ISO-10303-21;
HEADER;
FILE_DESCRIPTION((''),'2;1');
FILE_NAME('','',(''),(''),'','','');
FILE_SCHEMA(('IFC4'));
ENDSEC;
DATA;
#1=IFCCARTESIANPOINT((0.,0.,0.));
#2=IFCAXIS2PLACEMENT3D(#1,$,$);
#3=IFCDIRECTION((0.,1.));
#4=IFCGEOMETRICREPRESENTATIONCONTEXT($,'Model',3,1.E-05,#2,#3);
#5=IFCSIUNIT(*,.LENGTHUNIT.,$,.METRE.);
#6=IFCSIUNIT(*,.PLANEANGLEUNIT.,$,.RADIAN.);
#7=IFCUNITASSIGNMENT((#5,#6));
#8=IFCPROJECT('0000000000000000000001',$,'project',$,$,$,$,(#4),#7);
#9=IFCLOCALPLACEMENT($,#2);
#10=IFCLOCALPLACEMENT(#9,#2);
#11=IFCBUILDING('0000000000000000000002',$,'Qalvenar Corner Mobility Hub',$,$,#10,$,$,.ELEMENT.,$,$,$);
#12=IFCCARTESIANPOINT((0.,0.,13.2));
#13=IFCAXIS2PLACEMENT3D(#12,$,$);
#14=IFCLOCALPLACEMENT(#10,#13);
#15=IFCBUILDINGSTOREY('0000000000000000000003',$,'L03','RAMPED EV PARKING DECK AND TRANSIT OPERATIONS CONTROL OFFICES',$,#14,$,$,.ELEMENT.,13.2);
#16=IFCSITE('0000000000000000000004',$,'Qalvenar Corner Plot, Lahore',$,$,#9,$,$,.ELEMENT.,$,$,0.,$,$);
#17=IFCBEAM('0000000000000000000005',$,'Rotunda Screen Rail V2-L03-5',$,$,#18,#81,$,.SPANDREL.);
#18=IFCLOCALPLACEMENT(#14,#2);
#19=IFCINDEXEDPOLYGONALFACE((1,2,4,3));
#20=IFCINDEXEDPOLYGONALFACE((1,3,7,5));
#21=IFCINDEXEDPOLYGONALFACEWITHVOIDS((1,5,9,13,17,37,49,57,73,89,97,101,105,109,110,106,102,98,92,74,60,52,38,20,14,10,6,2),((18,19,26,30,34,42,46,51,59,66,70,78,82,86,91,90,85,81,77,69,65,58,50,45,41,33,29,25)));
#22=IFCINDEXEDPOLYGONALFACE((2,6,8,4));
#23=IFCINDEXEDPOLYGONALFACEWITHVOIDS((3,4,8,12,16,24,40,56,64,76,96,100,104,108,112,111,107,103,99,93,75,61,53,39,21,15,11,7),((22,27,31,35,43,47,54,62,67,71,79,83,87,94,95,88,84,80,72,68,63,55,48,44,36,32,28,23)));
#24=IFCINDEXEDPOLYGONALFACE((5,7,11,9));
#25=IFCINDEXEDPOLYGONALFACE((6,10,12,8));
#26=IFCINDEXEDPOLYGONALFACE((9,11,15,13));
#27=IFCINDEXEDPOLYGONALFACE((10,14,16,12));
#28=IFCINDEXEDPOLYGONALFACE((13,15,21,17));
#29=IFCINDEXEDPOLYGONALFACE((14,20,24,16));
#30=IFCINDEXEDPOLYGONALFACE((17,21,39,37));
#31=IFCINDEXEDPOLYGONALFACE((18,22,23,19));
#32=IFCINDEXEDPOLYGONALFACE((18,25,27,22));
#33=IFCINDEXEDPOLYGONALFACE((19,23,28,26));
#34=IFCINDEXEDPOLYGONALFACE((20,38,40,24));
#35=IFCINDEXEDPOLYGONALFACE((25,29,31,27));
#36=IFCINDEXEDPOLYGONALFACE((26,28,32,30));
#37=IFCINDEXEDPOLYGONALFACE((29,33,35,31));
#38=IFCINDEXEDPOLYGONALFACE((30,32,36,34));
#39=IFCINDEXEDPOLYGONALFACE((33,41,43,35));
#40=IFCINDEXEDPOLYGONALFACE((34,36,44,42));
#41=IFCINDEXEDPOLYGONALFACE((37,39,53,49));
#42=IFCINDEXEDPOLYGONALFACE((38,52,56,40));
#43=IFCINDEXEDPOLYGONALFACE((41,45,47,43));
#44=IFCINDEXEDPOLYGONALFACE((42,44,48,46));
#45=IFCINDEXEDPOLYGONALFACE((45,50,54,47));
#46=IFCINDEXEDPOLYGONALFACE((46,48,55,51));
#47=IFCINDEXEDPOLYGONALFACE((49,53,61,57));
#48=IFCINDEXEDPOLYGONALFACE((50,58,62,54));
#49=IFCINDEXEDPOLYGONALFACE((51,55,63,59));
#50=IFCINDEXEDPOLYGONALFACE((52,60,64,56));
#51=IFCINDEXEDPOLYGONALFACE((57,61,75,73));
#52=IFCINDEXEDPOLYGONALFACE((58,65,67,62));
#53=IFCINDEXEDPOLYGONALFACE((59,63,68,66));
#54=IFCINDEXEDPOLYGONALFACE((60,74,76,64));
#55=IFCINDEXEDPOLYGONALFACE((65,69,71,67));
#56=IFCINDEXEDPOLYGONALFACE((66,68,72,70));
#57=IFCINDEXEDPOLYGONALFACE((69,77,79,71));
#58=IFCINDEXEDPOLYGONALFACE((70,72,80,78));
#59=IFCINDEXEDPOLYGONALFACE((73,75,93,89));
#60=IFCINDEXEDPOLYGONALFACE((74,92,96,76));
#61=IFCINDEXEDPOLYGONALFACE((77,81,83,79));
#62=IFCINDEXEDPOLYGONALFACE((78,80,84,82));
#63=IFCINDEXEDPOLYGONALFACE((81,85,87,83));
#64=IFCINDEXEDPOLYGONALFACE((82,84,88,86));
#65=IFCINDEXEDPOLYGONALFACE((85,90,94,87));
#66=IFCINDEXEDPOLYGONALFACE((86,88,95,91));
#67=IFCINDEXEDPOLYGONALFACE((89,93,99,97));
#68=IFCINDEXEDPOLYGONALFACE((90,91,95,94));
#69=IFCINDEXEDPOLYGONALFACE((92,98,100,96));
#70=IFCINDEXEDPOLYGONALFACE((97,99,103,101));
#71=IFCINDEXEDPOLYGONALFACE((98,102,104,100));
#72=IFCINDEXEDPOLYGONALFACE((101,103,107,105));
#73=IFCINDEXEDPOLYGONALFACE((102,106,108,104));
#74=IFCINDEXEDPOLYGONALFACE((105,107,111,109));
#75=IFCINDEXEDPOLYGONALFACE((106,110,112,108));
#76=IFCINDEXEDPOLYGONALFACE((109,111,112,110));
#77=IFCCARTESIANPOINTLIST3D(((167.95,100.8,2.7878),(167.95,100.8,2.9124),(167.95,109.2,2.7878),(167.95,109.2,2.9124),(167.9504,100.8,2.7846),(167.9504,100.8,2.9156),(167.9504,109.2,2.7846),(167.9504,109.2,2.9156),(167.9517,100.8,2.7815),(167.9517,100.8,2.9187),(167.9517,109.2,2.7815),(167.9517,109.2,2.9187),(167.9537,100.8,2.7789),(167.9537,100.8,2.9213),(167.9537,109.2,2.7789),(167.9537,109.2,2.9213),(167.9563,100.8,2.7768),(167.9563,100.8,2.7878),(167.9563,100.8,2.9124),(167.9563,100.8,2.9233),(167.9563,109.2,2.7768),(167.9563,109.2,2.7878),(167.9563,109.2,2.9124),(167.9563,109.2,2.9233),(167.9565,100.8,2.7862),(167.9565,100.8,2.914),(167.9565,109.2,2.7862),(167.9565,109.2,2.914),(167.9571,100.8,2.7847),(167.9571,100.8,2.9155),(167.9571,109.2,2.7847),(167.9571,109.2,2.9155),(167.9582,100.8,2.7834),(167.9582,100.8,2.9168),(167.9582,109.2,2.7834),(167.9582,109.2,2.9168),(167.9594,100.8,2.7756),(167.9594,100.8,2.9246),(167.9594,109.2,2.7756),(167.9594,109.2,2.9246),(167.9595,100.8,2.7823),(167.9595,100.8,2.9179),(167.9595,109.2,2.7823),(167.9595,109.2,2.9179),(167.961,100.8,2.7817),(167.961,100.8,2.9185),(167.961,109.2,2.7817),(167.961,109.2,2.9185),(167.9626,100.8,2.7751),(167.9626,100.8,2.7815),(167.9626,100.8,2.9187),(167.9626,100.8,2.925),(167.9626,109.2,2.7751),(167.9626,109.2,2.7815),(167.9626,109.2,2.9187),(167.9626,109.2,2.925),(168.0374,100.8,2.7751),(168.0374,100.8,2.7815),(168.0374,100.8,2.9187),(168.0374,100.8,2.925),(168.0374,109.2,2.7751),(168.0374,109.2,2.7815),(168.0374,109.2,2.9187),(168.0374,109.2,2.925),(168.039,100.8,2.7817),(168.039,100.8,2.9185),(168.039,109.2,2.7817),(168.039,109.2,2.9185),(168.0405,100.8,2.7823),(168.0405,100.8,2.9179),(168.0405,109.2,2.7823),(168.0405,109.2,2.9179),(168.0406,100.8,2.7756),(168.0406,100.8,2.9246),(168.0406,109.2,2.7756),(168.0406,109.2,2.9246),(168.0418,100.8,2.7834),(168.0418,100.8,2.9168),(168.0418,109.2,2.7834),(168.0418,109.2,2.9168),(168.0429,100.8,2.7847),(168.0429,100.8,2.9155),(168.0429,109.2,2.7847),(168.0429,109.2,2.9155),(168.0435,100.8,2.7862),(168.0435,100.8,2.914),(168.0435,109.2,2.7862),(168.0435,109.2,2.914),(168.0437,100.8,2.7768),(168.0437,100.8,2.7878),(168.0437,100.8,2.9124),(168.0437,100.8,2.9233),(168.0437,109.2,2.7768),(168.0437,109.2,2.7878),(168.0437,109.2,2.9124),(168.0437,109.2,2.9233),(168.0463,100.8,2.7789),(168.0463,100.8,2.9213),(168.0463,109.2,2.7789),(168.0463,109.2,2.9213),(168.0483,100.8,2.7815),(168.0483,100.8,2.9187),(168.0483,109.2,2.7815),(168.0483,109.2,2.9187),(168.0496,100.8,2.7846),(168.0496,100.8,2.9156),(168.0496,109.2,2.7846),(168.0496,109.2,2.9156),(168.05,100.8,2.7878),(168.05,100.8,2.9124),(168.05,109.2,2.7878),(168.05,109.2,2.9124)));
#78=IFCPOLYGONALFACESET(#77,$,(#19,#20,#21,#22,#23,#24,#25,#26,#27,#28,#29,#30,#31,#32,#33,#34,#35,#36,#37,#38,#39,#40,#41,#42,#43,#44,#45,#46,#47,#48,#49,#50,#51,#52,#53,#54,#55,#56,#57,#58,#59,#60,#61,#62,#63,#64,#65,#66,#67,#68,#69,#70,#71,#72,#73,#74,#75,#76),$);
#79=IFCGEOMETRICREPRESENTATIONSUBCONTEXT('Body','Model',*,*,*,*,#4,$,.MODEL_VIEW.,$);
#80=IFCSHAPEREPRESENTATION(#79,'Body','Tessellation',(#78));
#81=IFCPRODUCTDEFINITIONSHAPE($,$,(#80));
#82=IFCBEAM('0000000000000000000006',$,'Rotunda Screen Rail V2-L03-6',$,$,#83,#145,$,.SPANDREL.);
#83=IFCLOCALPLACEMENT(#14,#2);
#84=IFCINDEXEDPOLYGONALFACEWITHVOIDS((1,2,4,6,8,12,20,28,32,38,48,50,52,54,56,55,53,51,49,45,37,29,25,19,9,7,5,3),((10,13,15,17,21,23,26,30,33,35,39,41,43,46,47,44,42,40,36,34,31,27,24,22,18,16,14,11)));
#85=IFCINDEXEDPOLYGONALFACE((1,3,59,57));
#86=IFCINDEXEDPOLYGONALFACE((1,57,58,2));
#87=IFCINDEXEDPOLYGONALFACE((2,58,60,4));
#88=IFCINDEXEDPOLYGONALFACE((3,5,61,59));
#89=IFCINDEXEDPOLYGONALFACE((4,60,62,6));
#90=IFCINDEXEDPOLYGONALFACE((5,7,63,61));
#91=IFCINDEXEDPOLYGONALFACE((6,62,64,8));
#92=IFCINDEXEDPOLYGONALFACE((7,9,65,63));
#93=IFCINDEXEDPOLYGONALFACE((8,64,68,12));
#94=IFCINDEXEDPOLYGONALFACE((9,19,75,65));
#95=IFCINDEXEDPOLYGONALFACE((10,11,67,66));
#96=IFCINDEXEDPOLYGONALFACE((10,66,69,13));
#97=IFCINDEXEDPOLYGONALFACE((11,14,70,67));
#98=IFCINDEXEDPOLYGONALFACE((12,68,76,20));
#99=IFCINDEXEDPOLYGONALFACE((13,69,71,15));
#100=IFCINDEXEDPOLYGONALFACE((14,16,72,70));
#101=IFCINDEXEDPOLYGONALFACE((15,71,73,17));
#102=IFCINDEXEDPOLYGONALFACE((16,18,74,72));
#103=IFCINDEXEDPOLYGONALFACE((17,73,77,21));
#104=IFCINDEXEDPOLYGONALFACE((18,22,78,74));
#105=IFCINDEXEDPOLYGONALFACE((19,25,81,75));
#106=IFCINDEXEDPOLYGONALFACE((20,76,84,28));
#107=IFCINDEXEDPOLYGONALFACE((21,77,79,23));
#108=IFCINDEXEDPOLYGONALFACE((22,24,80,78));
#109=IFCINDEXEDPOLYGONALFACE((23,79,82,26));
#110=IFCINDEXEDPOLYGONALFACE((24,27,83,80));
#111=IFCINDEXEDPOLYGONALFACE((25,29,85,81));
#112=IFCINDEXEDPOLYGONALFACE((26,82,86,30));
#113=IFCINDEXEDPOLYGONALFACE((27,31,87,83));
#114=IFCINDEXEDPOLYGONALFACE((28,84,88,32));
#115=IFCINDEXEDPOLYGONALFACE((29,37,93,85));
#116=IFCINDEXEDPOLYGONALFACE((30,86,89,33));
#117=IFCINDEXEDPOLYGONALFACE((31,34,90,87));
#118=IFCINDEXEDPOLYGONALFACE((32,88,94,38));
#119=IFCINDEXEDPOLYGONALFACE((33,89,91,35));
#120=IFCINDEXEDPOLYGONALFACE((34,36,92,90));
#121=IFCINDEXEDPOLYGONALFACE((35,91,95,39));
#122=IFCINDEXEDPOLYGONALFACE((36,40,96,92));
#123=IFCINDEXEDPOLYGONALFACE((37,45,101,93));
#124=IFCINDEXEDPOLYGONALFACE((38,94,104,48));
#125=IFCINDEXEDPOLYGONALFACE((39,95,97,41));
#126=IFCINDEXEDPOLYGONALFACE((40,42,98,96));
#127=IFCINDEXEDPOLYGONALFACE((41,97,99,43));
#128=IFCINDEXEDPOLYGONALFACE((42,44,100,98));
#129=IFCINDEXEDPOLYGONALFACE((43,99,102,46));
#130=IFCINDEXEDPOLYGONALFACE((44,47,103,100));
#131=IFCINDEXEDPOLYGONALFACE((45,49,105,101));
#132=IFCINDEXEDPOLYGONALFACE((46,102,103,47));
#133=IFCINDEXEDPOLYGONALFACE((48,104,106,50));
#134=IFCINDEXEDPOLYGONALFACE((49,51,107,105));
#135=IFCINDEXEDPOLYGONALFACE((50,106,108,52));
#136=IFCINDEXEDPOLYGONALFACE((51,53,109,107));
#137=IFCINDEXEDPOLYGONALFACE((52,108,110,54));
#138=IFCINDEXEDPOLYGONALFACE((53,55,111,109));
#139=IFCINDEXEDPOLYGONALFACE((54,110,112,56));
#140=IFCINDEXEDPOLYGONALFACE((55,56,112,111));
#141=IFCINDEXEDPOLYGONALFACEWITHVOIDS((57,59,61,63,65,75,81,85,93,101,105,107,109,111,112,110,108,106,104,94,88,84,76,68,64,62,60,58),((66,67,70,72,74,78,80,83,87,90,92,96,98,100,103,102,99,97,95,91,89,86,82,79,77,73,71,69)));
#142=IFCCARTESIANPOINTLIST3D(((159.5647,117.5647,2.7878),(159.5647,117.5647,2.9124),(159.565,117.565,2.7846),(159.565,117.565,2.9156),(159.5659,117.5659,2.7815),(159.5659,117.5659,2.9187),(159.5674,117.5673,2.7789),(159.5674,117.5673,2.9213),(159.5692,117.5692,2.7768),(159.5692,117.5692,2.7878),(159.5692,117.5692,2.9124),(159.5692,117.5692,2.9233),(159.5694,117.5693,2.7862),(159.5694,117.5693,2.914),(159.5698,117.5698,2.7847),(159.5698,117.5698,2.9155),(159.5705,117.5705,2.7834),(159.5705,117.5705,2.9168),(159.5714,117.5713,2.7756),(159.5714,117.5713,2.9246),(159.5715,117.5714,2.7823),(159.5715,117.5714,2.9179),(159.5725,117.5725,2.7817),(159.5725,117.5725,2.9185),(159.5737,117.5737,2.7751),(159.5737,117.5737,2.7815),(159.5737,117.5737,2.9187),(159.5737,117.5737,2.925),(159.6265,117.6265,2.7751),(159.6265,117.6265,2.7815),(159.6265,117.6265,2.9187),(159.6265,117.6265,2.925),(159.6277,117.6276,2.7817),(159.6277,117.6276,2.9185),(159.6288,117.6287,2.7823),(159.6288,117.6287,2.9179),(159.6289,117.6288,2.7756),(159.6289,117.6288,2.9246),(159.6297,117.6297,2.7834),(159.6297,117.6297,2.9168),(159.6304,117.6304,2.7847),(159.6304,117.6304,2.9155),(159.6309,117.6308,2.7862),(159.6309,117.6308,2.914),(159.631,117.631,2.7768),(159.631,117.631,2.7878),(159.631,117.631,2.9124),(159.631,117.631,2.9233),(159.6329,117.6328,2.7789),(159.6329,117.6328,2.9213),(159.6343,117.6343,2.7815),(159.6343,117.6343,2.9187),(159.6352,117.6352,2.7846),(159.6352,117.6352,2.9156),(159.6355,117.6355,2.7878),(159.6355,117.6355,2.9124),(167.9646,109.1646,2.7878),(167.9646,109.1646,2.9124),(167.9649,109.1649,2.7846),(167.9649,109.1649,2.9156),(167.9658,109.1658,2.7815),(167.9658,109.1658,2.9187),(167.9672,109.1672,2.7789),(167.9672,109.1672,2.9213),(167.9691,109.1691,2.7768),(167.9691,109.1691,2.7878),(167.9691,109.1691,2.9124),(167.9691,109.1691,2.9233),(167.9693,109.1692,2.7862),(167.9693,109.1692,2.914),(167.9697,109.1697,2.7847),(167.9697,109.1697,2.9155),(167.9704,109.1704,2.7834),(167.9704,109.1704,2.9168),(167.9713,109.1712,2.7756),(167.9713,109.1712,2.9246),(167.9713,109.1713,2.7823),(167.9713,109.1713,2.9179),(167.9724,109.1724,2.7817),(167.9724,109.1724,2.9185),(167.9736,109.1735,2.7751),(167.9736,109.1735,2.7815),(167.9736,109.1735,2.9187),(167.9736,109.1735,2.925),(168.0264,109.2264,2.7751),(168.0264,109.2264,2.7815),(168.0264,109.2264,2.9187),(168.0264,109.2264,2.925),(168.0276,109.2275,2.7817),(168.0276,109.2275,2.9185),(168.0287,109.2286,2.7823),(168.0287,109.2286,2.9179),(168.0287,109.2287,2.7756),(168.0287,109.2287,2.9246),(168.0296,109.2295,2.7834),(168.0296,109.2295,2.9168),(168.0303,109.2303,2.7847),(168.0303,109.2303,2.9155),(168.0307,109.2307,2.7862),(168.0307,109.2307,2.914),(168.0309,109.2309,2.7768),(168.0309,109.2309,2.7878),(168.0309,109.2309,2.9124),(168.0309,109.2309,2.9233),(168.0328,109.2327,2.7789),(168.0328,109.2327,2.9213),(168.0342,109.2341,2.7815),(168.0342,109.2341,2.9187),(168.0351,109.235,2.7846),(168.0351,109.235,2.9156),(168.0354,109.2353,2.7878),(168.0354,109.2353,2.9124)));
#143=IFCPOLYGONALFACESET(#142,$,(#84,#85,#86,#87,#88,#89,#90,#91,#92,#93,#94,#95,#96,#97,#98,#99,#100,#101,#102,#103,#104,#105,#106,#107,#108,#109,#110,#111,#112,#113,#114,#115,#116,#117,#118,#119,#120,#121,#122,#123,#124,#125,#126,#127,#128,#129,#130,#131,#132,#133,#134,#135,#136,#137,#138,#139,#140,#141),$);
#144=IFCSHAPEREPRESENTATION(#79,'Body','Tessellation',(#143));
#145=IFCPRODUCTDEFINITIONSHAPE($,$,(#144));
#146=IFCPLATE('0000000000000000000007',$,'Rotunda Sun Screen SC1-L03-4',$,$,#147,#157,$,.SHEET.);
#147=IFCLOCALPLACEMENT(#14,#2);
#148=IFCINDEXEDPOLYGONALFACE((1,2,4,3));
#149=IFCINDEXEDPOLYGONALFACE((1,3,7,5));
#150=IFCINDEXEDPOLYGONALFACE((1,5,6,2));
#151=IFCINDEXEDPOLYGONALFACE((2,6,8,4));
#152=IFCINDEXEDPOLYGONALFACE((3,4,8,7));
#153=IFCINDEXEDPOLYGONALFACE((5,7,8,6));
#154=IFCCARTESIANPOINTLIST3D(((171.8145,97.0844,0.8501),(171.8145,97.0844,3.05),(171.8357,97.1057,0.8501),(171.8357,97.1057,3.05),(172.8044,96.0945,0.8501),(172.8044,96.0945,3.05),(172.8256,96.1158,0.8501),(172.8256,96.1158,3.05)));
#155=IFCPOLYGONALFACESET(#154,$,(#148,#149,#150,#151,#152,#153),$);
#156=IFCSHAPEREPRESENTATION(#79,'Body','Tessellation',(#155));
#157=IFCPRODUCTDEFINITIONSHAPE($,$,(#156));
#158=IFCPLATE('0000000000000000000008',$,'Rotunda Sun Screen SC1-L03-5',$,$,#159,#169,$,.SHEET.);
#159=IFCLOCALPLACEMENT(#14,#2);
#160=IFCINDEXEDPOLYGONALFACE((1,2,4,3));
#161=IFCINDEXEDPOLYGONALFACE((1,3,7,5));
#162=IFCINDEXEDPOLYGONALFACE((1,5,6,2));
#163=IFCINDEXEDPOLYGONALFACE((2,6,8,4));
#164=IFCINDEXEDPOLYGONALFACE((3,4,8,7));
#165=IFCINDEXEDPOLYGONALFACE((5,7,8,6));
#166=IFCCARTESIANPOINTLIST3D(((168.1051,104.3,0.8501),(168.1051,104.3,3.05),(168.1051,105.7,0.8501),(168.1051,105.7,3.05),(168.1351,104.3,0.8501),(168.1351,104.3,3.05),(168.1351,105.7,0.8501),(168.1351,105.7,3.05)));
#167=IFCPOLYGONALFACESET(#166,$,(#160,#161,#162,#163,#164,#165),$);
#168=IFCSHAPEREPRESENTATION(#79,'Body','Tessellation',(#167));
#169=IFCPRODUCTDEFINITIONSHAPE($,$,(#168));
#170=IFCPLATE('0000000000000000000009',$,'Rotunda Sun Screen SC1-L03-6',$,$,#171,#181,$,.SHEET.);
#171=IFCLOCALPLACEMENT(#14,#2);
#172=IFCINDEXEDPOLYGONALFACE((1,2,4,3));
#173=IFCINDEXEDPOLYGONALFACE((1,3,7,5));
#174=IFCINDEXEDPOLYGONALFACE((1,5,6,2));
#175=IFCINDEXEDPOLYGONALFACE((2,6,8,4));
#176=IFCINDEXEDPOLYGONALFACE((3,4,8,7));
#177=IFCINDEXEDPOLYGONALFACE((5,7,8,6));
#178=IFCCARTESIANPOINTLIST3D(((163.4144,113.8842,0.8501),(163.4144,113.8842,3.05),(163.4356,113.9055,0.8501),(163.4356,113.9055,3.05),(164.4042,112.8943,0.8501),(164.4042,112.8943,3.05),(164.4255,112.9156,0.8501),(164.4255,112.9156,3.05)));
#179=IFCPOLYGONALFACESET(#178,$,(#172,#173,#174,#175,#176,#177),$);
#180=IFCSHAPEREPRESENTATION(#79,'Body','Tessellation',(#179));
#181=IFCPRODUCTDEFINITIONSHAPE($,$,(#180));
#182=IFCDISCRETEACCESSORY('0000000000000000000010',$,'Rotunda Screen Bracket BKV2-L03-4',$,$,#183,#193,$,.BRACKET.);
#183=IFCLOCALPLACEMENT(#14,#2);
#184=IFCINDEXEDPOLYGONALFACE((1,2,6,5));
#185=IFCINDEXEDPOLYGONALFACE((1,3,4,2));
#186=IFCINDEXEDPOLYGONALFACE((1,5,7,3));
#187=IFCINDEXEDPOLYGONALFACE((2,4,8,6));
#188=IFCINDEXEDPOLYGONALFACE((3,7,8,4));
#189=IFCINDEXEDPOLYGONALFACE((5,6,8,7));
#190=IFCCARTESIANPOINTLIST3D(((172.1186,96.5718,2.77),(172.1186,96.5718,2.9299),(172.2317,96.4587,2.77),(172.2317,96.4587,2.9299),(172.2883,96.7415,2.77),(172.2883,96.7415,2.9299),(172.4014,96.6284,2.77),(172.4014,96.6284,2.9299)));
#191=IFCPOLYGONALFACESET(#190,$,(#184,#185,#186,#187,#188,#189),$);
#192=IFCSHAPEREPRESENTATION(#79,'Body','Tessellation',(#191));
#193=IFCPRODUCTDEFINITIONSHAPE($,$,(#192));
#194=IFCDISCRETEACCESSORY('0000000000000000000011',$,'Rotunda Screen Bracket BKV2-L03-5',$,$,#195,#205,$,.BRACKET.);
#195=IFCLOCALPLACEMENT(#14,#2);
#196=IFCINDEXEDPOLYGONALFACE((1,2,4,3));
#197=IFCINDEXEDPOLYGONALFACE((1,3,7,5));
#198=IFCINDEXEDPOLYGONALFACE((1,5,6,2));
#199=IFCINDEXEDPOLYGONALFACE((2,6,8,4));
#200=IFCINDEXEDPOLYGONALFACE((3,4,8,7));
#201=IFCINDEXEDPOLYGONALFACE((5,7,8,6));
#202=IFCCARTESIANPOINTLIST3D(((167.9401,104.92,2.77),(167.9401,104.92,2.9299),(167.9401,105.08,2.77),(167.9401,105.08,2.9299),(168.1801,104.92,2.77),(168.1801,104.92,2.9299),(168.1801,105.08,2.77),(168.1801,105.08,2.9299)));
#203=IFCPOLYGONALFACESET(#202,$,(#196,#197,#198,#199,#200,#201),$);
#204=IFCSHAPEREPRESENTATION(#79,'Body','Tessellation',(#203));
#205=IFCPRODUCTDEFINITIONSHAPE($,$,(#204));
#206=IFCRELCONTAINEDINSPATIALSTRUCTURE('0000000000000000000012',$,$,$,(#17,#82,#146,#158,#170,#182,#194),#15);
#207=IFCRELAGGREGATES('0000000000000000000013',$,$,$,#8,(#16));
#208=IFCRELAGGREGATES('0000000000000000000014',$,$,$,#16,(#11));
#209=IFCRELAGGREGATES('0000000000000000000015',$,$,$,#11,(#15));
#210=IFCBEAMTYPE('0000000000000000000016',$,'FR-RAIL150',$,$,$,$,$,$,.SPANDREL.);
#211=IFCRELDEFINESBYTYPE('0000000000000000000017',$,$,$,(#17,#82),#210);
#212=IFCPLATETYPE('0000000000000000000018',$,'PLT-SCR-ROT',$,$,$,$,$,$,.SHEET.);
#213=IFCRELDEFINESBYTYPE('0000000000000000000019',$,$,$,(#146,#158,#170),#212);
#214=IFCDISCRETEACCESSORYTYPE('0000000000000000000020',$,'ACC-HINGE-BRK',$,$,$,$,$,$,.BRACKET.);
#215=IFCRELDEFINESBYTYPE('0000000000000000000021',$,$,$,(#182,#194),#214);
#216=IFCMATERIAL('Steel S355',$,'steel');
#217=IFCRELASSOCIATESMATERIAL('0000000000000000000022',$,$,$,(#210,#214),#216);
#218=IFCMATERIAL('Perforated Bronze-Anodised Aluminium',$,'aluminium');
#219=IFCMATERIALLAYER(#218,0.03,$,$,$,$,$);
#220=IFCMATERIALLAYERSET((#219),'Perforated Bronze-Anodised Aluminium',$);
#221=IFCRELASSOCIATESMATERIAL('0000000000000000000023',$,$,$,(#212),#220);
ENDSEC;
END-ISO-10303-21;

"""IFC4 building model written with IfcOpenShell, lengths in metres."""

from ifc_helpers import new_model, si_unit, direction, frame, origin, origin_2d, place, context, subcontext, project, spatial, rectangle, hollow_rectangle, extrude, material, layer, layer_set, material_profile, profile_set, type_object, element, save


model = new_model("IFC4")

# Units and contexts
model_context = context("Model", 3, precision=1e-05, world=origin(), true_north=direction((0.0, 1.0)))
body_context = subcontext(model_context, "Body", "Model", "MODEL_VIEW")
ifc_project = project(units=[si_unit("LENGTHUNIT", "METRE"), si_unit("PLANEANGLEUNIT", "RADIAN")], contexts=[model_context])

# Site, building, storey
site_placement = place(None, origin())
site = spatial("IfcSite", under=ifc_project, at=site_placement, Name="Qalvenar Corner Plot, Lahore", CompositionType="ELEMENT", RefElevation=0.0)
building_placement = place(site_placement, origin())
building = spatial("IfcBuilding", under=site, at=building_placement, Name="Qalvenar Corner Mobility Hub", CompositionType="ELEMENT")
storey_placement = place(building_placement, frame((0.0, 0.0, 13.2)))
storey = spatial("IfcBuildingStorey", under=building, at=storey_placement, Name="L03", Description="RAMPED EV PARKING DECK AND TRANSIT OPERATIONS CONTROL OFFICES", CompositionType="ELEMENT", Elevation=13.2)

# Shared definitions
ifc_material_1 = material(Name="Steel S355", Category="steel")

# Beams
ifc_material_profile_1 = material_profile(ifc_material_1, hollow_rectangle(XDim=0.1001, YDim=0.1499, WallThickness=0.0063, InnerFilletRadius=0.0063, OuterFilletRadius=0.0127, at=origin_2d()), Name="RHS150x100x6.3")
ifc_profile_set_1 = profile_set([ifc_material_profile_1], Name="Steel S355")
beam_type_1 = type_object("IfcBeamType", Name="FR-RAIL150", PredefinedType="SPANDREL", material=ifc_profile_set_1)
beam_1_placement = place(storey_placement, frame((168.0, 100.8, 2.8501), z_axis=(0.0, 1.0, 0.0), x_axis=(-1.0, 0.0, 0.0)))
element("IfcBeam", 1, at=beam_1_placement, inside=storey, type_object=beam_type_1, Name="Rotunda Screen Rail V2-L03-5", PredefinedType="SPANDREL", context=body_context, shape_type="SweptSolid", body=[
    extrude(hollow_rectangle(XDim=0.1001, YDim=0.1499, WallThickness=0.0063, InnerFilletRadius=0.0063, OuterFilletRadius=0.0127, at=origin_2d()), origin(), (0.0, 0.0, 1.0), 8.3999),
])
beam_2_placement = place(storey_placement, frame((168.0, 109.2, 2.8501), z_axis=(-0.707097, 0.707117, 0.0), x_axis=(-0.707117, -0.707097, 0.0)))
element("IfcBeam", 2, at=beam_2_placement, inside=storey, type_object=beam_type_1, Name="Rotunda Screen Rail V2-L03-6", PredefinedType="SPANDREL", context=body_context, shape_type="SweptSolid", body=[
    extrude(hollow_rectangle(XDim=0.1001, YDim=0.1499, WallThickness=0.0063, InnerFilletRadius=0.0063, OuterFilletRadius=0.0127, at=origin_2d()), origin(), (0.0, 0.0, 1.0), 11.8794),
])

# Plates
ifc_material_2 = material(Name="Perforated Bronze-Anodised Aluminium", Category="aluminium")
ifc_layer = layer(ifc_material_2, 0.03)
ifc_layer_set = layer_set([ifc_layer], Name="Perforated Bronze-Anodised Aluminium")
plate_type = type_object("IfcPlateType", Name="PLT-SCR-ROT", PredefinedType="SHEET", material=ifc_layer_set)
for number, where, z_axis, x_axis, name in (
    (3, (172.3201, 96.6001, 0.8501), (0.0, 0.0, 1.0), (-0.707107, 0.707107, 0.0), "Rotunda Sun Screen SC1-L03-4"),
    (4, (168.1201, 105.0, 0.8501), (0.0, 0.0, 1.0), (0.0, 1.0, 0.0), "Rotunda Sun Screen SC1-L03-5"),
    (5, (163.9199, 113.3999, 0.8501), (0.0, 0.0, 1.0), (-0.707107, 0.707107, 0.0), "Rotunda Sun Screen SC1-L03-6"),
):
    element("IfcPlate", number, at=place(storey_placement, frame(where, z_axis=z_axis, x_axis=x_axis)), inside=storey, type_object=plate_type, Name=name, PredefinedType="SHEET", context=body_context, shape_type="SweptSolid", body=[
        extrude(rectangle(XDim=1.3999, YDim=0.03, at=origin_2d()), origin(), (0.0, 0.0, 1.0), 2.2),
    ])

# Discrete accessories
discrete_accessory_type = type_object("IfcDiscreteAccessoryType", Name="ACC-HINGE-BRK", PredefinedType="BRACKET", material=ifc_material_1)
for number, where, z_axis, x_axis, name in (
    (6, (172.26, 96.6001, 2.77), (0.0, 0.0, 1.0), (-0.707107, 0.707107, 0.0), "Rotunda Screen Bracket BKV2-L03-4"),
    (7, (168.0601, 105.0, 2.77), (0.0, 0.0, 1.0), (0.0, 1.0, 0.0), "Rotunda Screen Bracket BKV2-L03-5"),
):
    element("IfcDiscreteAccessory", number, at=place(storey_placement, frame(where, z_axis=z_axis, x_axis=x_axis)), inside=storey, type_object=discrete_accessory_type, Name=name, PredefinedType="BRACKET", context=body_context, shape_type="SweptSolid", body=[
        extrude(rectangle(XDim=0.1599, YDim=0.24, at=origin_2d()), origin(), (0.0, 0.0, 1.0), 0.1599),
    ])

save(model, "model.ifc")
